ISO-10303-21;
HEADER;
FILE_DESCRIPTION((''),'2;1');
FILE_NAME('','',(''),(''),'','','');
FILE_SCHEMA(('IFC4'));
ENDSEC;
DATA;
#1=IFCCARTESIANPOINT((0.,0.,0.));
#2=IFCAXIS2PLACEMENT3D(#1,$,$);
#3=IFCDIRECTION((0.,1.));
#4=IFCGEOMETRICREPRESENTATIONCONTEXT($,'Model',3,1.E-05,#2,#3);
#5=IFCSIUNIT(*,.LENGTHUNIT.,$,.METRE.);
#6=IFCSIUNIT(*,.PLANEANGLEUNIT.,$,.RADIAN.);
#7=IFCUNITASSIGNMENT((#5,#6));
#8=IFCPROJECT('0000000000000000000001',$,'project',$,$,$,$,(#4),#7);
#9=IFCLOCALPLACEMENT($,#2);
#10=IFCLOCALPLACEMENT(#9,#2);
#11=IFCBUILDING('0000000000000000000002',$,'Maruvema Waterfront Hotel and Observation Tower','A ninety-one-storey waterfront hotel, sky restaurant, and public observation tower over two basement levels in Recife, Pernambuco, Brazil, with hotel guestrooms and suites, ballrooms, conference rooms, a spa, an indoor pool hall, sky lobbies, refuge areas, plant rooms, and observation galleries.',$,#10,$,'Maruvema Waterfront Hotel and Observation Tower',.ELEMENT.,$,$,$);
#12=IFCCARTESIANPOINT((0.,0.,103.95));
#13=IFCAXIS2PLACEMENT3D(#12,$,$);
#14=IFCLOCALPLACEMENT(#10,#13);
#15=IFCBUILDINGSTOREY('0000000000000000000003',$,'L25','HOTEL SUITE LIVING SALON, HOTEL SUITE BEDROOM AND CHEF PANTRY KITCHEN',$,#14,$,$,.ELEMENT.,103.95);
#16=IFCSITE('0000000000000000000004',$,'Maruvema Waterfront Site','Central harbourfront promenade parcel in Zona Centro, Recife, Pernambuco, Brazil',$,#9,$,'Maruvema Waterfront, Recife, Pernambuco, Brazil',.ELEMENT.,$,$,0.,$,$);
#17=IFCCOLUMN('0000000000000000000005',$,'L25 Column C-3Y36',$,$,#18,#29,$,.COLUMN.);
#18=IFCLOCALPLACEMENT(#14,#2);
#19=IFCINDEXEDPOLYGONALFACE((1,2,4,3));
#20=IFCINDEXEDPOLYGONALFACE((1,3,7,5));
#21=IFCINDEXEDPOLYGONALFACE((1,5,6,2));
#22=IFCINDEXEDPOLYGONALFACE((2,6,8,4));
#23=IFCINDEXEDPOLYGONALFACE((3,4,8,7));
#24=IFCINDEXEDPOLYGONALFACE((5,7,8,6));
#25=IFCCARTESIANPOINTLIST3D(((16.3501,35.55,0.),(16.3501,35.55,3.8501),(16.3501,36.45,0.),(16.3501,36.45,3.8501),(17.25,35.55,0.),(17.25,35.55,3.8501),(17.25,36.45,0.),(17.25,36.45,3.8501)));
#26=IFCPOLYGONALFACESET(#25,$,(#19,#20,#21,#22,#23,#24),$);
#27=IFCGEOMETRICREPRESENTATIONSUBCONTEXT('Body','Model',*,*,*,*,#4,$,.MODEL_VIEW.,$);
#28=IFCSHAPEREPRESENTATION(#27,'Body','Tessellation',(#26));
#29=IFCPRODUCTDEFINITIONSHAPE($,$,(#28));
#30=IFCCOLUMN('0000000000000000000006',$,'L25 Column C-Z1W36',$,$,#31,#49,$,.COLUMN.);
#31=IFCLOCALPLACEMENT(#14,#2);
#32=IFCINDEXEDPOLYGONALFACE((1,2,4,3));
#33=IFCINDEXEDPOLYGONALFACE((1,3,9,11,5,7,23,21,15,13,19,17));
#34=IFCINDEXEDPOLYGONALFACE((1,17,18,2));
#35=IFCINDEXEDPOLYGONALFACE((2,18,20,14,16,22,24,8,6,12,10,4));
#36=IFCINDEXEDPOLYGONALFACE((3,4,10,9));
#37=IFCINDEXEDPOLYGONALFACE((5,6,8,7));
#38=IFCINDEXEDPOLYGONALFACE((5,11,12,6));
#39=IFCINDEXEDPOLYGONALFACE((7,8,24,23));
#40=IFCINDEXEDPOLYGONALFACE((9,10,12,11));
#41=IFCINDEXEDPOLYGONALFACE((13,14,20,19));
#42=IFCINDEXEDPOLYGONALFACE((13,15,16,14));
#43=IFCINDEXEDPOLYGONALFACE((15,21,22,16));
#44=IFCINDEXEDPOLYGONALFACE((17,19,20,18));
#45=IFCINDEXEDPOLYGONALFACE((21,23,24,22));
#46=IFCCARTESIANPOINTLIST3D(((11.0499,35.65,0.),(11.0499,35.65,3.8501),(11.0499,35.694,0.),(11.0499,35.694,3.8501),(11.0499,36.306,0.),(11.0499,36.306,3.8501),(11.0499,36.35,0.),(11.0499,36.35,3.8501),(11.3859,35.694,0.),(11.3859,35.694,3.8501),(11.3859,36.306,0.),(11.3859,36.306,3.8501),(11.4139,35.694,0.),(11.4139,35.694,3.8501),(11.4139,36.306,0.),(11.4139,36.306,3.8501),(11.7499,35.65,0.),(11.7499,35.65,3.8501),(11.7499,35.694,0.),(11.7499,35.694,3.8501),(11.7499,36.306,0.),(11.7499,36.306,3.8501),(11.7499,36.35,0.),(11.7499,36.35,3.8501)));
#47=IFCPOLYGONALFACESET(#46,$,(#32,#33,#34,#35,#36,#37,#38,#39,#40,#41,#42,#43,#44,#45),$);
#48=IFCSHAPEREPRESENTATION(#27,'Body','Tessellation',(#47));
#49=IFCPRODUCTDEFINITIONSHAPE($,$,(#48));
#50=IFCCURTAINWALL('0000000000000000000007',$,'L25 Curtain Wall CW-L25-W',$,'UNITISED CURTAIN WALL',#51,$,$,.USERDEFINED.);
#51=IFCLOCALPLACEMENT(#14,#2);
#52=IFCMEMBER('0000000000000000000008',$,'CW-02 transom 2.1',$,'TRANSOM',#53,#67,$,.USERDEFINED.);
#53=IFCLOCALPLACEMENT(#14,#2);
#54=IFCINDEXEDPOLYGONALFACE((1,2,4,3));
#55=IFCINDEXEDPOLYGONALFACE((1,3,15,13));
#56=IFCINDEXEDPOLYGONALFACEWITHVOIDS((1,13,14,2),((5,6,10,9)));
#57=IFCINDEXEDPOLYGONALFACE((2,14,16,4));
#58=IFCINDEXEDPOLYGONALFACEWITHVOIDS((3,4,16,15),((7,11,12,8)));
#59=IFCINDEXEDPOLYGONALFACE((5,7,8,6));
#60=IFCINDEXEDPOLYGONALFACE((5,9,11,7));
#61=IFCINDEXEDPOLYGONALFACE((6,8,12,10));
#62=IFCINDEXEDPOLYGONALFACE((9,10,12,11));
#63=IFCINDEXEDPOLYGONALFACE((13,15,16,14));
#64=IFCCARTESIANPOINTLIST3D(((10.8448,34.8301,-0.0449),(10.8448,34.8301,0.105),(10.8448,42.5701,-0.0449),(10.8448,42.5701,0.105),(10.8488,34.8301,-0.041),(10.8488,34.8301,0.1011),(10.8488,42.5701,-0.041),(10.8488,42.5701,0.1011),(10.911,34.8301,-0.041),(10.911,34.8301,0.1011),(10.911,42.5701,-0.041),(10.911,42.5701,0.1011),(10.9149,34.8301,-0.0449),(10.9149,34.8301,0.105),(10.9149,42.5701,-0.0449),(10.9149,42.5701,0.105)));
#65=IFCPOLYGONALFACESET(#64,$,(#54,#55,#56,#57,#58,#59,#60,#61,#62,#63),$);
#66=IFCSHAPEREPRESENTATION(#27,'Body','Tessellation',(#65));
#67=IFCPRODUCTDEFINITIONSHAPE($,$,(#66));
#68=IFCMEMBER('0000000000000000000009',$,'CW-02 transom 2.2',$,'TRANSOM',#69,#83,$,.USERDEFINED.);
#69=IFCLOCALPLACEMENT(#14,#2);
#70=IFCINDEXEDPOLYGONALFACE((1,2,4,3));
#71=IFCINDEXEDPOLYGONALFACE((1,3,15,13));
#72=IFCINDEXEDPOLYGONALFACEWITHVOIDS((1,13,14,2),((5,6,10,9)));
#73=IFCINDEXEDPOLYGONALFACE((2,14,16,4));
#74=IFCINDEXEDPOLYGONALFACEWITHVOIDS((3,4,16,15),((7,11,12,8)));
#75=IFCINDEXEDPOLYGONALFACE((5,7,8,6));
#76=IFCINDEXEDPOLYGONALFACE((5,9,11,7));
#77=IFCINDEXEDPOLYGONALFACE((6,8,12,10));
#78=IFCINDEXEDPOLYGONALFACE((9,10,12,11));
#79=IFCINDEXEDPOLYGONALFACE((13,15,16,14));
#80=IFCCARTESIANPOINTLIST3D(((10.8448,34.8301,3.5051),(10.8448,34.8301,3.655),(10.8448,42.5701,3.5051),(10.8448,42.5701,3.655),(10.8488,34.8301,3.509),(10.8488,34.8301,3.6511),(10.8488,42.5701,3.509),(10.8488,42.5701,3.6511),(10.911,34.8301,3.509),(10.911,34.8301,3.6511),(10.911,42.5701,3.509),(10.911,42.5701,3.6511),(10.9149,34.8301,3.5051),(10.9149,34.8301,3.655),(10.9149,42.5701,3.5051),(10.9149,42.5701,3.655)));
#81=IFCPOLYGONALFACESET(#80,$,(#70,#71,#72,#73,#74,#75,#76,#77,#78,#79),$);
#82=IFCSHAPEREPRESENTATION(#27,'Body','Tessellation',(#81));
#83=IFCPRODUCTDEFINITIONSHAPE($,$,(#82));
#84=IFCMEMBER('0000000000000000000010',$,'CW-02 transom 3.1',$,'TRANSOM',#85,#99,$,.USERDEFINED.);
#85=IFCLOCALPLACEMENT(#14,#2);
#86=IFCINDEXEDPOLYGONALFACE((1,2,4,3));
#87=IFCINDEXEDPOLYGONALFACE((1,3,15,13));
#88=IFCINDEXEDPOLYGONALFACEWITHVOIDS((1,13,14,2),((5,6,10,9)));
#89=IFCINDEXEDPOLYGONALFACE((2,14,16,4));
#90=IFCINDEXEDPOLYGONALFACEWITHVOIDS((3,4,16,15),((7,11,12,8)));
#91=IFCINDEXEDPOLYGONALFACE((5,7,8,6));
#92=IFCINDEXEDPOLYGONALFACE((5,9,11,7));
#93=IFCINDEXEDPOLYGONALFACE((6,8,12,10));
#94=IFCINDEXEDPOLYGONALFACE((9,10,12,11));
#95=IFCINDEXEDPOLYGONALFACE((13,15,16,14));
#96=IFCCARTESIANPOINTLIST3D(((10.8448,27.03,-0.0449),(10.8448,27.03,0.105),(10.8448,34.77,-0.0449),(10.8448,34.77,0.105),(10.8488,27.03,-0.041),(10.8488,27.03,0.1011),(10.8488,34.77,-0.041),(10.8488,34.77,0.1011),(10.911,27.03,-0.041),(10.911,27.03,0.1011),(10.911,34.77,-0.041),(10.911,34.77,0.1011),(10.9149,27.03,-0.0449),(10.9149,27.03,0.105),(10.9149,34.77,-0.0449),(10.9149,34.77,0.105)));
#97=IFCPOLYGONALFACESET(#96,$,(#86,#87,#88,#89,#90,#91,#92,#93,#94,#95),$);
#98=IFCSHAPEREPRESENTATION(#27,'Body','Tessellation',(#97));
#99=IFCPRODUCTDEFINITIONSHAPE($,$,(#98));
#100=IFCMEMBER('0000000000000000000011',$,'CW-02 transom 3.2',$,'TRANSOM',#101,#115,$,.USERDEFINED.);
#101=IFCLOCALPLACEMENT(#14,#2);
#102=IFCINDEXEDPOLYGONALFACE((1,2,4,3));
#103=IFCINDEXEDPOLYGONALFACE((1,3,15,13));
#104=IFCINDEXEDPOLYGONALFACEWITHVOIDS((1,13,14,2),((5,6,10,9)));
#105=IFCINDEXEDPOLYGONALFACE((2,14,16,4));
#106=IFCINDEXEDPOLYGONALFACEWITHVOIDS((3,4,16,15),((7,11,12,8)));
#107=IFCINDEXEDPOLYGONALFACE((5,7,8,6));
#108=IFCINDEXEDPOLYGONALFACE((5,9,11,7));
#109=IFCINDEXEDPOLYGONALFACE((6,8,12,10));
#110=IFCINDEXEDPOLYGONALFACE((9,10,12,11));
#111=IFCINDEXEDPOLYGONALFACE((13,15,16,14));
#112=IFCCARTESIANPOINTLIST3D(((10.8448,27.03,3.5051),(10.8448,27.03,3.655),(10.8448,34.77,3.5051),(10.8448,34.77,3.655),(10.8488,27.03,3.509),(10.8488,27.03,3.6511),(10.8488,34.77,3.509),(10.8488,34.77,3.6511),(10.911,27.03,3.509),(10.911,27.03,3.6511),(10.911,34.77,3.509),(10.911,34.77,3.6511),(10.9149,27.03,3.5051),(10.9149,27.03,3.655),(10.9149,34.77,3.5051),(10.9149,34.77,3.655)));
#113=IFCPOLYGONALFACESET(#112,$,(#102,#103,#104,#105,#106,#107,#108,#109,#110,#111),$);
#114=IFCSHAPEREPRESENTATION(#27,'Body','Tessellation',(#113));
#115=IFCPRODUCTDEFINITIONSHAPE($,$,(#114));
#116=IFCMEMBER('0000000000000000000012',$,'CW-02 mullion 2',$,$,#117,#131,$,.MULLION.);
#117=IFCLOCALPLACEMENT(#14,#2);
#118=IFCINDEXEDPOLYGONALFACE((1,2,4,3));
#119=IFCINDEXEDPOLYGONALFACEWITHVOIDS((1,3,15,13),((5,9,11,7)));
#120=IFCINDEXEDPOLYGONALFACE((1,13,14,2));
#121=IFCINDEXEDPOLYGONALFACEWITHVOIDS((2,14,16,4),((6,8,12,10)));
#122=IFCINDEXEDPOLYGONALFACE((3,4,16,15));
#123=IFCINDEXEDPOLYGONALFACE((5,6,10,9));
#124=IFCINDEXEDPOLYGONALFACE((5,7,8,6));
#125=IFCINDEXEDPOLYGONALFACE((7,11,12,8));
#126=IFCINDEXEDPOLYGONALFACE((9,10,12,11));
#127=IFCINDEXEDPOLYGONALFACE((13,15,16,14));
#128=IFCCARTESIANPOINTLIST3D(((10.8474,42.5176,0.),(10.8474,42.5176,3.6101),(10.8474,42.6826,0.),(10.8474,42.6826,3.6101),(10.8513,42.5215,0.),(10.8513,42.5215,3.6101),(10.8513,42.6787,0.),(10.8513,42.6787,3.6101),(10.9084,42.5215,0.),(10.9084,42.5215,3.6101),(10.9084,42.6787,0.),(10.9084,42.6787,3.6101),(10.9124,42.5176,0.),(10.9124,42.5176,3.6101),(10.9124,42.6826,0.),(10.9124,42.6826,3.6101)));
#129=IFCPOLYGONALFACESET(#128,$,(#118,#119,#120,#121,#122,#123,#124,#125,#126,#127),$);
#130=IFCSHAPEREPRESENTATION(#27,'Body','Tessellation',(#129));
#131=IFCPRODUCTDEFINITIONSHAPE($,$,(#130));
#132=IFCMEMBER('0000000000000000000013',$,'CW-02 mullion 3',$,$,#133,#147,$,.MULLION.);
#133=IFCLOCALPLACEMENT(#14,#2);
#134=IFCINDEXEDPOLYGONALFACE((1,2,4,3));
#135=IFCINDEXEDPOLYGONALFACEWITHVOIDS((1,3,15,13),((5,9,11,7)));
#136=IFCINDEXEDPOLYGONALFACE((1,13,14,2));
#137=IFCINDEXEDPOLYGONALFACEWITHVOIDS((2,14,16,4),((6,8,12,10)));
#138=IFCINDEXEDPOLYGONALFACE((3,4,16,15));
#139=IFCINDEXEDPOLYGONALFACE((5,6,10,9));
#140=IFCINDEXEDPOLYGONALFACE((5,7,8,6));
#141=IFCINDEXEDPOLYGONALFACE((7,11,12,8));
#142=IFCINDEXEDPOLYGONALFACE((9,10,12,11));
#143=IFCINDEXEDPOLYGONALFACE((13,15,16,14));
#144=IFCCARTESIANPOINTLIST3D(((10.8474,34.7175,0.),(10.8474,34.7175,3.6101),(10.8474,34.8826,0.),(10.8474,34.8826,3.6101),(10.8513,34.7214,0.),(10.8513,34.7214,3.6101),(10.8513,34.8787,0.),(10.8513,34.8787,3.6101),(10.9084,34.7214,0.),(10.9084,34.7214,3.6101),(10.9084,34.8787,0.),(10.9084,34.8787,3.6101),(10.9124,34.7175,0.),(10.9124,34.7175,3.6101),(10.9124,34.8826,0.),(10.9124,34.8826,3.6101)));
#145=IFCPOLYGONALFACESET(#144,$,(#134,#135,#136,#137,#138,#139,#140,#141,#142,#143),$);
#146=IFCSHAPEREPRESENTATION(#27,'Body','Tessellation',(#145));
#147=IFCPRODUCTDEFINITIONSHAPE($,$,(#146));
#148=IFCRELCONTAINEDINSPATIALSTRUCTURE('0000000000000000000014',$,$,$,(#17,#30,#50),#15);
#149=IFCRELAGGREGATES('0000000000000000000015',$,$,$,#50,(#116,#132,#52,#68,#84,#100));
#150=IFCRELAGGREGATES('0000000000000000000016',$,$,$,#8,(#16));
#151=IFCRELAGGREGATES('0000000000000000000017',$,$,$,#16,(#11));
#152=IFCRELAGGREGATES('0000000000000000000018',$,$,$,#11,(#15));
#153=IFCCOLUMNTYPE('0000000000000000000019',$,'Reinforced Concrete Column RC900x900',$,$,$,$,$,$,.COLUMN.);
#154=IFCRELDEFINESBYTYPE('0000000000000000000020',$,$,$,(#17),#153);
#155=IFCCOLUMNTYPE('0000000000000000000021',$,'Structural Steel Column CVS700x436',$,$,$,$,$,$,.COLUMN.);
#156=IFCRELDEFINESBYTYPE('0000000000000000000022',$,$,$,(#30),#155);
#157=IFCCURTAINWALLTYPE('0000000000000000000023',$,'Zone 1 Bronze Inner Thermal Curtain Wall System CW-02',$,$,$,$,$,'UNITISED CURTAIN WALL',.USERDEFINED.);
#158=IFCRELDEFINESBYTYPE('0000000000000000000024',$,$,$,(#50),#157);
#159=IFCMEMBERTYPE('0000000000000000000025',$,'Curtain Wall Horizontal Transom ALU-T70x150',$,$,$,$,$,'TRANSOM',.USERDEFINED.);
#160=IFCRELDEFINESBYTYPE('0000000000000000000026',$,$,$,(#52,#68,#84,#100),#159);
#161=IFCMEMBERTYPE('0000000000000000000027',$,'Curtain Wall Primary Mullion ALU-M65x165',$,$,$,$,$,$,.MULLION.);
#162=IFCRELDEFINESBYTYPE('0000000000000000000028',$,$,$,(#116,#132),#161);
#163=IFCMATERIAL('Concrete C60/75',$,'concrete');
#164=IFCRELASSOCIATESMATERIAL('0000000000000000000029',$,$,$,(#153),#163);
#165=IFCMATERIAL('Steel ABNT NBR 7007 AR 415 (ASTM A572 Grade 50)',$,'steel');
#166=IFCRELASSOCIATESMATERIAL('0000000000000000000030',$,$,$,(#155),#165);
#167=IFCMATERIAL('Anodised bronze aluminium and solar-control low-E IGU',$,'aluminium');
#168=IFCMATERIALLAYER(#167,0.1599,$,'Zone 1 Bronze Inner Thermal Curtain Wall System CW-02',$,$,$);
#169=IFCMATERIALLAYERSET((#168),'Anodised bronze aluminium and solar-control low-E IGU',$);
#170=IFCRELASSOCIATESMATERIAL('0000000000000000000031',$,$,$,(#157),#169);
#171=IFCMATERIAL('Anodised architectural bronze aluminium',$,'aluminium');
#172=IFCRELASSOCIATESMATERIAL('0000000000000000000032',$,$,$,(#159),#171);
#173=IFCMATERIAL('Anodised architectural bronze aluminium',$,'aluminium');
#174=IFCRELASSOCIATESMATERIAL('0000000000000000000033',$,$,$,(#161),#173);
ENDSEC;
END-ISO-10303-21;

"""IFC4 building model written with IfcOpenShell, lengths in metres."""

from ifc_helpers import new_model, si_unit, direction, frame, origin, origin_2d, place, context, subcontext, project, spatial, rectangle, hollow_rectangle, i_section, extrude, material, layer, layer_set, material_profile, profile_set, type_object, element, aggregate, save


model = new_model("IFC4")

# Units and contexts
model_context = context("Model", 3, precision=1e-05, world=origin(), true_north=direction((0.0, 1.0)))
body_context = subcontext(model_context, "Body", "Model", "MODEL_VIEW")
ifc_project = project(units=[si_unit("LENGTHUNIT", "METRE"), si_unit("PLANEANGLEUNIT", "RADIAN")], contexts=[model_context])

# Site, building, storey
site_placement = place(None, origin())
site = spatial("IfcSite", under=ifc_project, at=site_placement, Name="Maruvema Waterfront Site", Description="Central harbourfront promenade parcel in Zona Centro, Recife, Pernambuco, Brazil", LongName="Maruvema Waterfront, Recife, Pernambuco, Brazil", CompositionType="ELEMENT", RefElevation=0.0)
building_placement = place(site_placement, origin())
building = spatial("IfcBuilding", under=site, at=building_placement, Name="Maruvema Waterfront Hotel and Observation Tower", Description="A ninety-one-storey waterfront hotel, sky restaurant, and public observation tower over two basement levels in Recife, Pernambuco, Brazil, with hotel guestrooms and suites, ballrooms, conference rooms, a spa, an indoor pool hall, sky lobbies, refuge areas, plant rooms, and observation galleries.", LongName="Maruvema Waterfront Hotel and Observation Tower", CompositionType="ELEMENT")
storey_placement = place(building_placement, frame((0.0, 0.0, 103.95)))
storey = spatial("IfcBuildingStorey", under=building, at=storey_placement, Name="L25", Description="HOTEL SUITE LIVING SALON, HOTEL SUITE BEDROOM AND CHEF PANTRY KITCHEN", CompositionType="ELEMENT", Elevation=103.95)

# Columns
ifc_material_1 = material(Name="Concrete C60/75", Category="concrete")
ifc_material_profile_1 = material_profile(ifc_material_1, rectangle(XDim=0.8999, YDim=0.8999, at=origin_2d()), Name="RC900x900")
ifc_profile_set_1 = profile_set([ifc_material_profile_1], Name="Concrete C60/75")
column_type_1 = type_object("IfcColumnType", Name="Reinforced Concrete Column RC900x900", PredefinedType="COLUMN", material=ifc_profile_set_1)
column_1_placement = place(storey_placement, frame((16.8, 36.0, 0.0), z_axis=(0.0, 0.0, 1.0), x_axis=(1.0, 0.0, 0.0)))
element("IfcColumn", 1, at=column_1_placement, inside=storey, type_object=column_type_1, Name="L25 Column C-3Y36", PredefinedType="COLUMN", context=body_context, shape_type="SweptSolid", body=[
    extrude(rectangle(XDim=0.8999, YDim=0.8999, at=origin_2d()), origin(), (0.0, 0.0, 1.0), 3.8501),
])
ifc_material_2 = material(Name="Steel ABNT NBR 7007 AR 415 (ASTM A572 Grade 50)", Category="steel")
ifc_material_profile_2 = material_profile(ifc_material_2, i_section(OverallWidth=0.7, OverallDepth=0.7, WebThickness=0.0281, FlangeThickness=0.0439, at=origin_2d()), Name="CVS700x436")
ifc_profile_set_2 = profile_set([ifc_material_profile_2], Name="Steel ABNT NBR 7007 AR 415 (ASTM A572 Grade 50)")
column_type_2 = type_object("IfcColumnType", Name="Structural Steel Column CVS700x436", PredefinedType="COLUMN", material=ifc_profile_set_2)
column_2_placement = place(storey_placement, frame((11.3999, 36.0, 0.0), z_axis=(0.0, 0.0, 1.0), x_axis=(1.0, 0.0, 0.0)))
element("IfcColumn", 2, at=column_2_placement, inside=storey, type_object=column_type_2, Name="L25 Column C-Z1W36", PredefinedType="COLUMN", context=body_context, shape_type="SweptSolid", body=[
    extrude(i_section(OverallWidth=0.7, OverallDepth=0.7, WebThickness=0.0281, FlangeThickness=0.0439, at=origin_2d()), origin(), (0.0, 0.0, 1.0), 3.8501),
])

# Curtain wall, members
ifc_material_3 = material(Name="Anodised bronze aluminium and solar-control low-E IGU", Category="aluminium")
ifc_layer_1 = layer(ifc_material_3, 0.1599, Name="Zone 1 Bronze Inner Thermal Curtain Wall System CW-02")
ifc_layer_set_1 = layer_set([ifc_layer_1], Name="Anodised bronze aluminium and solar-control low-E IGU")
curtain_wall_type = type_object("IfcCurtainWallType", Name="Zone 1 Bronze Inner Thermal Curtain Wall System CW-02", ElementType="UNITISED CURTAIN WALL", PredefinedType="USERDEFINED", material=ifc_layer_set_1)
curtain_wall_placement = place(storey_placement, origin())
curtain_wall = element("IfcCurtainWall", 3, at=curtain_wall_placement, inside=storey, type_object=curtain_wall_type, Name="L25 Curtain Wall CW-L25-W", ObjectType="UNITISED CURTAIN WALL", PredefinedType="USERDEFINED")
ifc_material_4 = material(Name="Anodised architectural bronze aluminium", Category="aluminium")
ifc_material_profile_3 = material_profile(ifc_material_4, hollow_rectangle(XDim=0.0701, YDim=0.1499, WallThickness=0.0039, at=origin_2d()), Name="ALU-T70x150")
ifc_profile_set_3 = profile_set([ifc_material_profile_3], Name="Anodised architectural bronze aluminium")
member_type_1 = type_object("IfcMemberType", Name="Curtain Wall Horizontal Transom ALU-T70x150", ElementType="TRANSOM", PredefinedType="USERDEFINED", material=ifc_profile_set_3)
member_1_placement = place(storey_placement, frame((10.8799, 42.5701, 0.03), z_axis=(0.0, -1.0, 0.0), x_axis=(1.0, 0.0, 0.0)))
member_1 = element("IfcMember", 4, at=member_1_placement, type_object=member_type_1, Name="CW-02 transom 2.1", ObjectType="TRANSOM", PredefinedType="USERDEFINED", context=body_context, shape_type="SweptSolid", body=[
    extrude(hollow_rectangle(XDim=0.0701, YDim=0.1499, WallThickness=0.0039, at=origin_2d()), origin(), (0.0, 0.0, 1.0), 7.74),
])
member_2_placement = place(storey_placement, frame((10.8799, 42.5701, 3.5801), z_axis=(0.0, -1.0, 0.0), x_axis=(1.0, 0.0, 0.0)))
member_2 = element("IfcMember", 5, at=member_2_placement, type_object=member_type_1, Name="CW-02 transom 2.2", ObjectType="TRANSOM", PredefinedType="USERDEFINED", context=body_context, shape_type="SweptSolid", body=[
    extrude(hollow_rectangle(XDim=0.0701, YDim=0.1499, WallThickness=0.0039, at=origin_2d()), origin(), (0.0, 0.0, 1.0), 7.74),
])
member_3_placement = place(storey_placement, frame((10.8799, 34.77, 0.03), z_axis=(0.0, -1.0, 0.0), x_axis=(1.0, 0.0, 0.0)))
member_3 = element("IfcMember", 6, at=member_3_placement, type_object=member_type_1, Name="CW-02 transom 3.1", ObjectType="TRANSOM", PredefinedType="USERDEFINED", context=body_context, shape_type="SweptSolid", body=[
    extrude(hollow_rectangle(XDim=0.0701, YDim=0.1499, WallThickness=0.0039, at=origin_2d()), origin(), (0.0, 0.0, 1.0), 7.74),
])
member_4_placement = place(storey_placement, frame((10.8799, 34.77, 3.5801), z_axis=(0.0, -1.0, 0.0), x_axis=(1.0, 0.0, 0.0)))
member_4 = element("IfcMember", 7, at=member_4_placement, type_object=member_type_1, Name="CW-02 transom 3.2", ObjectType="TRANSOM", PredefinedType="USERDEFINED", context=body_context, shape_type="SweptSolid", body=[
    extrude(hollow_rectangle(XDim=0.0701, YDim=0.1499, WallThickness=0.0039, at=origin_2d()), origin(), (0.0, 0.0, 1.0), 7.74),
])
ifc_material_5 = material(Name="Anodised architectural bronze aluminium", Category="aluminium")
ifc_material_profile_4 = material_profile(ifc_material_5, hollow_rectangle(XDim=0.0649, YDim=0.165, WallThickness=0.0039, at=origin_2d()), Name="ALU-M65x165")
ifc_profile_set_4 = profile_set([ifc_material_profile_4], Name="Anodised architectural bronze aluminium")
member_type_2 = type_object("IfcMemberType", Name="Curtain Wall Primary Mullion ALU-M65x165", PredefinedType="MULLION", material=ifc_profile_set_4)
member_5_placement = place(storey_placement, frame((10.8799, 42.6001, 0.0), z_axis=(0.0, 0.0, 1.0), x_axis=(1.0, 0.0, 0.0)))
member_5 = element("IfcMember", 8, at=member_5_placement, type_object=member_type_2, Name="CW-02 mullion 2", PredefinedType="MULLION", context=body_context, shape_type="SweptSolid", body=[
    extrude(hollow_rectangle(XDim=0.0649, YDim=0.165, WallThickness=0.0039, at=origin_2d()), origin(), (0.0, 0.0, 1.0), 3.6101),
])
member_6_placement = place(storey_placement, frame((10.8799, 34.8, 0.0), z_axis=(0.0, 0.0, 1.0), x_axis=(1.0, 0.0, 0.0)))
member_6 = element("IfcMember", 9, at=member_6_placement, type_object=member_type_2, Name="CW-02 mullion 3", PredefinedType="MULLION", context=body_context, shape_type="SweptSolid", body=[
    extrude(hollow_rectangle(XDim=0.0649, YDim=0.165, WallThickness=0.0039, at=origin_2d()), origin(), (0.0, 0.0, 1.0), 3.6101),
])

aggregate(curtain_wall, [member_5, member_6, member_1, member_2, member_3, member_4])

save(model, "model.ifc")
